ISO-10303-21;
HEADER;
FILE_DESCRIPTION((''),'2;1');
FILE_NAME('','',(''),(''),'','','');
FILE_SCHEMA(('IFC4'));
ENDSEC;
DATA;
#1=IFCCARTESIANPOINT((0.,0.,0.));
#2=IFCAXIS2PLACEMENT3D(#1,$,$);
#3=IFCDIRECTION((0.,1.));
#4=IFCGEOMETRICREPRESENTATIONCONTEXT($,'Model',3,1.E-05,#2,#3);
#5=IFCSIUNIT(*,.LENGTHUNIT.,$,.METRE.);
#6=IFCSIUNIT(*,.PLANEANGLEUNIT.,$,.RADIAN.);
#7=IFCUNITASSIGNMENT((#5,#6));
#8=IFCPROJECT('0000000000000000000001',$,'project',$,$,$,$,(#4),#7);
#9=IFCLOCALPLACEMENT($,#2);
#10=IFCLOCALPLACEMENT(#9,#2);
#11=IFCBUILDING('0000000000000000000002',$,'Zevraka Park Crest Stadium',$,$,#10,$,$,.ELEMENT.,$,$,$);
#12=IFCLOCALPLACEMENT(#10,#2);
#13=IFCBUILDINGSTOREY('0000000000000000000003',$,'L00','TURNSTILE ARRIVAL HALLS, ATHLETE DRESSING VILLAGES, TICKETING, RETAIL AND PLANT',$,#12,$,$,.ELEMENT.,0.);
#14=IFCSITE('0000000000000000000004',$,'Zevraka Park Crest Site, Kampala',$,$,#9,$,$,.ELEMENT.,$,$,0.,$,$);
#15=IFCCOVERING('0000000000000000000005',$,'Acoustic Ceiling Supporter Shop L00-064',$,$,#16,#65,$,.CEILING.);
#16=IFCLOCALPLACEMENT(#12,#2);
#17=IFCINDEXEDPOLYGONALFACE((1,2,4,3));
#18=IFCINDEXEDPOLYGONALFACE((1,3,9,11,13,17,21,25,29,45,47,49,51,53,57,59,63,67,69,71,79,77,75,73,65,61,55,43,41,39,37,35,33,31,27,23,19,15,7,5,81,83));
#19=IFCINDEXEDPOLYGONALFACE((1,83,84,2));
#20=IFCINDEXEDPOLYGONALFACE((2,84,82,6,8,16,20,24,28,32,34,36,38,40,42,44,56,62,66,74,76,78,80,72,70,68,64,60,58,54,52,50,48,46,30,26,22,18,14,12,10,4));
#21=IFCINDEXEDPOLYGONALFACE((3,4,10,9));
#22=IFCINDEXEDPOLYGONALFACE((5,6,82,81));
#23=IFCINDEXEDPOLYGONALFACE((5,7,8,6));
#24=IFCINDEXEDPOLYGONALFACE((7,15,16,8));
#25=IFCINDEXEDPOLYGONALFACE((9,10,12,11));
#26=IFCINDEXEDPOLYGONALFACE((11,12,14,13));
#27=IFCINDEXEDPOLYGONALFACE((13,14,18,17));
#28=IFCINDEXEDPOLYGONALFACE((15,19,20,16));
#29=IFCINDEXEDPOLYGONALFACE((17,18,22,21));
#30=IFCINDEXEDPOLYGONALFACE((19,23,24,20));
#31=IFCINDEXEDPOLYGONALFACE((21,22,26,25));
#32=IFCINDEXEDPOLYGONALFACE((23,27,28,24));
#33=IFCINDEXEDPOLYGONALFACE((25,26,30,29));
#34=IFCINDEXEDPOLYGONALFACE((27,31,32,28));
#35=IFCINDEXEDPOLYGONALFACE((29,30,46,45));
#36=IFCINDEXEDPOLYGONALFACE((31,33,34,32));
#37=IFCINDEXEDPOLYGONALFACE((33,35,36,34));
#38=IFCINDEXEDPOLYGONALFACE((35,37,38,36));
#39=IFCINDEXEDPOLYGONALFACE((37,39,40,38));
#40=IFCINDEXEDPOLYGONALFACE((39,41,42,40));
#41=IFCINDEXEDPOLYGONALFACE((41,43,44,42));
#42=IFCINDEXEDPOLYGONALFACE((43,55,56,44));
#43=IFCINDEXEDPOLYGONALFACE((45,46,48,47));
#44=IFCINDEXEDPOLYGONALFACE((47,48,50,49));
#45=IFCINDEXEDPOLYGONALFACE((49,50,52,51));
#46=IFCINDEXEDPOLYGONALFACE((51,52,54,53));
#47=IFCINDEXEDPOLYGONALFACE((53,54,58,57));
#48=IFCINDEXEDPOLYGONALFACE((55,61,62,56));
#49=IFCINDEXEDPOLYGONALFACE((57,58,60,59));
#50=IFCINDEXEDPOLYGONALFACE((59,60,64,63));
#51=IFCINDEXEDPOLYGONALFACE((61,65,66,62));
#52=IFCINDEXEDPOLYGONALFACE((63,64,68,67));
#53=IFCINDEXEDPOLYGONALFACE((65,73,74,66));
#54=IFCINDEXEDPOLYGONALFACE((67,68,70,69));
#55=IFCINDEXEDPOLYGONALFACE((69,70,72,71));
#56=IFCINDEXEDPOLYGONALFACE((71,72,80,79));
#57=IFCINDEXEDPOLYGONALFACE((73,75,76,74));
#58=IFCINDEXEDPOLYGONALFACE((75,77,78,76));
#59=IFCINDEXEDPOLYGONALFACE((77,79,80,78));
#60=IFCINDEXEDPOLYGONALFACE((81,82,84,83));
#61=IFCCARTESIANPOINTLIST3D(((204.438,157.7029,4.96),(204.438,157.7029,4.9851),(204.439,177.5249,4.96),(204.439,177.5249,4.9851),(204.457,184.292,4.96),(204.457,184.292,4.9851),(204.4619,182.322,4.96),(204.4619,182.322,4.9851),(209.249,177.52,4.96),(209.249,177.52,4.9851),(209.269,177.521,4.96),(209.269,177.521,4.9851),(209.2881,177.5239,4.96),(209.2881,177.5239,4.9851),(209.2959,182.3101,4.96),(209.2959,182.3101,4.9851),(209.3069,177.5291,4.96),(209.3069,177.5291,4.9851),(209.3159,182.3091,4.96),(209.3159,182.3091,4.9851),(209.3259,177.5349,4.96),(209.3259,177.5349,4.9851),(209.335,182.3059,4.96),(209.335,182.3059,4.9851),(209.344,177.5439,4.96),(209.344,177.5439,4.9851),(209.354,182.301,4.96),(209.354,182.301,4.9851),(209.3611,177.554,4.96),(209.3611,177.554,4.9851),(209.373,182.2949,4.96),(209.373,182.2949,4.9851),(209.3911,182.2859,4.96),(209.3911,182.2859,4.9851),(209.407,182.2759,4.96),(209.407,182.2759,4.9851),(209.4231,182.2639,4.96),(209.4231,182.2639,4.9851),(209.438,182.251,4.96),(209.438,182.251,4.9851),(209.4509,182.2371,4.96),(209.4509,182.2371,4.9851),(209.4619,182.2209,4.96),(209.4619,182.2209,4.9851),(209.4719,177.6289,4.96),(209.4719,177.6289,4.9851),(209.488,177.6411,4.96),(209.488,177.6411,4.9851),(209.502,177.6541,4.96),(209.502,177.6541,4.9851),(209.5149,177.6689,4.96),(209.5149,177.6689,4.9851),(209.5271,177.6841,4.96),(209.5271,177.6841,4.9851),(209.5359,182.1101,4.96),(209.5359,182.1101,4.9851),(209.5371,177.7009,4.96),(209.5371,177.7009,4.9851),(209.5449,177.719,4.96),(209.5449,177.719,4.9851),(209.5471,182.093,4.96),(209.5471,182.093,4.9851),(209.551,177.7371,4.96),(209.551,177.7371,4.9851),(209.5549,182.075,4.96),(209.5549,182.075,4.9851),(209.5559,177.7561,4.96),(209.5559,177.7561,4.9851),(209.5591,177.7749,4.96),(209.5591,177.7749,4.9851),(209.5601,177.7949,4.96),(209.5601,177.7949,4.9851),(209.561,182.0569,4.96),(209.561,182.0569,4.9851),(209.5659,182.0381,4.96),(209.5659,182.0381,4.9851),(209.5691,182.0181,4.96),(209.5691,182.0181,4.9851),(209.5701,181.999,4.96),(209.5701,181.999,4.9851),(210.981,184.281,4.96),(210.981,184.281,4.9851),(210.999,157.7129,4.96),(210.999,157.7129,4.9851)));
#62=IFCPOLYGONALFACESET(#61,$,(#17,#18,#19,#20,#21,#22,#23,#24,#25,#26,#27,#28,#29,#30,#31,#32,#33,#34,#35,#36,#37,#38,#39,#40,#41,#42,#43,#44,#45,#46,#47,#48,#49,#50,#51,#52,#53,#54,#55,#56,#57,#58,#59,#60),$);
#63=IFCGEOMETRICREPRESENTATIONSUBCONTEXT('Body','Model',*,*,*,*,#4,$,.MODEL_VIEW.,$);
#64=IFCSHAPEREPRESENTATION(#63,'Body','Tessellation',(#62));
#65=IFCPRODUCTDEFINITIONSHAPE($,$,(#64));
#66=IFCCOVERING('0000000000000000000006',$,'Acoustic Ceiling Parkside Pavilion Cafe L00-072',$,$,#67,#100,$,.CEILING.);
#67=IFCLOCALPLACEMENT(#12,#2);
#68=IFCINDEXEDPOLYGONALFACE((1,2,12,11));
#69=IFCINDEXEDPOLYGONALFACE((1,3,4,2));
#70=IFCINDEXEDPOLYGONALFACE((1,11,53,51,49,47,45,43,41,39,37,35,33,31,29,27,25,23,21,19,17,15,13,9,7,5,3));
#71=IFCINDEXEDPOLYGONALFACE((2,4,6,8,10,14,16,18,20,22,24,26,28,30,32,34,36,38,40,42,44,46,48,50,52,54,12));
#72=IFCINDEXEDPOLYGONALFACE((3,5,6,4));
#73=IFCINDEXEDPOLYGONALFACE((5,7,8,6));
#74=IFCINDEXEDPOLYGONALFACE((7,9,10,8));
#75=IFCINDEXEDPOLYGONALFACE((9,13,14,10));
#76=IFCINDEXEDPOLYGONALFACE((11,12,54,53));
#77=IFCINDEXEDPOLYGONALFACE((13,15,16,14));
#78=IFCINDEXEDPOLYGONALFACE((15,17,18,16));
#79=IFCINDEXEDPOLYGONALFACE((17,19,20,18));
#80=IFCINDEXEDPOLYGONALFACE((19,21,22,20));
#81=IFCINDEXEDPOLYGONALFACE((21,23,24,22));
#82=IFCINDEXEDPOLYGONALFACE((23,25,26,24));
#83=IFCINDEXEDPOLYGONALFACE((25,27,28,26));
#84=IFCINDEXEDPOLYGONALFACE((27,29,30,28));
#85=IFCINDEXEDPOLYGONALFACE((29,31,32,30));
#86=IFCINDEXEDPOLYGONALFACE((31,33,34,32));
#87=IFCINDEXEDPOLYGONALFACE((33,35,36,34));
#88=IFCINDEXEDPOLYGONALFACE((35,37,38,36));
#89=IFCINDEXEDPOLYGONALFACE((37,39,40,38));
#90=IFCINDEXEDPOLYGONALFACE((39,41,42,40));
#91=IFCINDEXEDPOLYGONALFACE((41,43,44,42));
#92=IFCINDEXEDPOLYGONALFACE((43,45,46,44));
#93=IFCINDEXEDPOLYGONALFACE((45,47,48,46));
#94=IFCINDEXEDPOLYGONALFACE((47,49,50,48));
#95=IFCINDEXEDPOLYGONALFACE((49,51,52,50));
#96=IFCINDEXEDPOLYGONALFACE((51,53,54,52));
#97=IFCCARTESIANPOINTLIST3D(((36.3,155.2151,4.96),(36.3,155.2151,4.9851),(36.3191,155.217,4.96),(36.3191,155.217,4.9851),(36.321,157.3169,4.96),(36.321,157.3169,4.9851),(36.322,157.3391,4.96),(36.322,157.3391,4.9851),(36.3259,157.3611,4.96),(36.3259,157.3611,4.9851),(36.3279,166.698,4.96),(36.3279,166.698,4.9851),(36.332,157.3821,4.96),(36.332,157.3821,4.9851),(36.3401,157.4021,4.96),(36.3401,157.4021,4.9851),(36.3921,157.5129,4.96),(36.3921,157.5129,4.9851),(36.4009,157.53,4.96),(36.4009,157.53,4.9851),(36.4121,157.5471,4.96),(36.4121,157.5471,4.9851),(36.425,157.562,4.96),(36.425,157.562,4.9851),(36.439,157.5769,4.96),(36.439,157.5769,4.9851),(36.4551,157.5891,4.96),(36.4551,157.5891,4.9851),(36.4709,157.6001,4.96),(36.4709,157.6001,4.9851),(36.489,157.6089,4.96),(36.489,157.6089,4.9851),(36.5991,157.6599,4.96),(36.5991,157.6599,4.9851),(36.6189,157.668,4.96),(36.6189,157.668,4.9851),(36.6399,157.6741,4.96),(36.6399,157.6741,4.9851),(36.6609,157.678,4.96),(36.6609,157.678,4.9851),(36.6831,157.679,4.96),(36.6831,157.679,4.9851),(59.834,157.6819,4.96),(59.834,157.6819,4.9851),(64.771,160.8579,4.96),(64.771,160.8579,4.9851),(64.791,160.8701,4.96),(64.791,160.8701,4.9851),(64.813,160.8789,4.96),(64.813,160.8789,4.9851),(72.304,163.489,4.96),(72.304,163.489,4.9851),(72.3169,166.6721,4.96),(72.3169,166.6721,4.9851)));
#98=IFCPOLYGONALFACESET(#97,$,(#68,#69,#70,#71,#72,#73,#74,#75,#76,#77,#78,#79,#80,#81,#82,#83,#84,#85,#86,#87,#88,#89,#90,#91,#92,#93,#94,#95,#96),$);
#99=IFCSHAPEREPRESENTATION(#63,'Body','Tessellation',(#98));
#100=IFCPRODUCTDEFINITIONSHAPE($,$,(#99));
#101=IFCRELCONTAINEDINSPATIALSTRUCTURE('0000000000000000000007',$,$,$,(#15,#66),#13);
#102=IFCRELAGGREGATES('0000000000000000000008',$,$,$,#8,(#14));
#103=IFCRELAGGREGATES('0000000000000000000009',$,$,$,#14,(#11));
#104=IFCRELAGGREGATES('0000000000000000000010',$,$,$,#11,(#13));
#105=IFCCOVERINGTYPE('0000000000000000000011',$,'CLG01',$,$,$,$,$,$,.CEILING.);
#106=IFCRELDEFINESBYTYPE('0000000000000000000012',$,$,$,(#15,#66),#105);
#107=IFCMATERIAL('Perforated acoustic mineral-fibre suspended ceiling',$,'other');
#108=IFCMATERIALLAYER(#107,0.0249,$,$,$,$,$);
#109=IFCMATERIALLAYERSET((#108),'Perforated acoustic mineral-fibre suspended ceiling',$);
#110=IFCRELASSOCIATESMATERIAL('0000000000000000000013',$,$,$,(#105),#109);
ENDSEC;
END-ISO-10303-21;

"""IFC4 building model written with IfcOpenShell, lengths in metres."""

from ifc_helpers import new_model, si_unit, direction, frame, origin, place, context, subcontext, project, spatial, polyline, outline, extrude, material, layer, layer_set, type_object, element, save


model = new_model("IFC4")

# Units and contexts
model_context = context("Model", 3, precision=1e-05, world=origin(), true_north=direction((0.0, 1.0)))
body_context = subcontext(model_context, "Body", "Model", "MODEL_VIEW")
ifc_project = project(units=[si_unit("LENGTHUNIT", "METRE"), si_unit("PLANEANGLEUNIT", "RADIAN")], contexts=[model_context])

# Site, building, storey
site_placement = place(None, origin())
site = spatial("IfcSite", under=ifc_project, at=site_placement, Name="Zevraka Park Crest Site, Kampala", CompositionType="ELEMENT", RefElevation=0.0)
building_placement = place(site_placement, origin())
building = spatial("IfcBuilding", under=site, at=building_placement, Name="Zevraka Park Crest Stadium", CompositionType="ELEMENT")
storey_placement = place(building_placement, origin())
storey = spatial("IfcBuildingStorey", under=building, at=storey_placement, Name="L00", Description="TURNSTILE ARRIVAL HALLS, ATHLETE DRESSING VILLAGES, TICKETING, RETAIL AND PLANT", CompositionType="ELEMENT", Elevation=0.0)

# Coverings
ifc_material_1 = material(Name="Perforated acoustic mineral-fibre suspended ceiling", Category="other")
ifc_layer_1 = layer(ifc_material_1, 0.0249)
ifc_layer_set_1 = layer_set([ifc_layer_1], Name="Perforated acoustic mineral-fibre suspended ceiling")
covering_type_1 = type_object("IfcCoveringType", Name="CLG01", PredefinedType="CEILING", material=ifc_layer_set_1)
covering_1_placement = place(storey_placement, frame((0.0, 0.0, 4.96)))
element("IfcCovering", 1, at=covering_1_placement, inside=storey, type_object=covering_type_1, Name="Acoustic Ceiling Supporter Shop L00-064", PredefinedType="CEILING", context=body_context, shape_type="SweptSolid", body=[
    extrude(outline(polyline([(204.439, 177.5249), (209.249, 177.52), (209.269, 177.521), (209.2881, 177.5239), (209.3069, 177.5291), (209.3259, 177.5349), (209.344, 177.5439), (209.3611, 177.554), (209.4719, 177.6289), (209.488, 177.6411), (209.502, 177.6541), (209.5149, 177.6689), (209.5271, 177.6841), (209.5371, 177.7009), (209.5449, 177.719), (209.551, 177.7371), (209.5559, 177.7561), (209.5591, 177.7749), (209.5601, 177.7949), (209.5701, 181.999), (209.5691, 182.0181), (209.5659, 182.0381), (209.561, 182.0569), (209.5549, 182.075), (209.5471, 182.093), (209.5359, 182.1101), (209.4619, 182.2209), (209.4509, 182.2371), (209.438, 182.251), (209.4231, 182.2639), (209.407, 182.2759), (209.3911, 182.2859), (209.373, 182.2949), (209.354, 182.301), (209.335, 182.3059), (209.3159, 182.3091), (209.2959, 182.3101), (204.4619, 182.322), (204.457, 184.292), (210.981, 184.281), (210.999, 157.7129), (204.438, 157.7029), (204.439, 177.5249)])), origin(), (0.0, 0.0, 1.0), 0.0251),
])
covering_2_placement = place(storey_placement, frame((0.0, 0.0, 4.96)))
element("IfcCovering", 2, at=covering_2_placement, inside=storey, type_object=covering_type_1, Name="Acoustic Ceiling Parkside Pavilion Cafe L00-072", PredefinedType="CEILING", context=body_context, shape_type="SweptSolid", body=[
    extrude(outline(polyline([(36.3, 155.2151), (36.3279, 166.698), (72.3169, 166.6721), (72.304, 163.489), (64.813, 160.8789), (64.791, 160.8701), (64.771, 160.8579), (59.834, 157.6819), (36.6831, 157.679), (36.6609, 157.678), (36.6399, 157.6741), (36.6189, 157.668), (36.5991, 157.6599), (36.489, 157.6089), (36.4709, 157.6001), (36.4551, 157.5891), (36.439, 157.5769), (36.425, 157.562), (36.4121, 157.5471), (36.4009, 157.53), (36.3921, 157.5129), (36.3401, 157.4021), (36.332, 157.3821), (36.3259, 157.3611), (36.322, 157.3391), (36.321, 157.3169), (36.3191, 155.217), (36.3, 155.2151)])), origin(), (0.0, 0.0, 1.0), 0.0251),
])

save(model, "model.ifc")
